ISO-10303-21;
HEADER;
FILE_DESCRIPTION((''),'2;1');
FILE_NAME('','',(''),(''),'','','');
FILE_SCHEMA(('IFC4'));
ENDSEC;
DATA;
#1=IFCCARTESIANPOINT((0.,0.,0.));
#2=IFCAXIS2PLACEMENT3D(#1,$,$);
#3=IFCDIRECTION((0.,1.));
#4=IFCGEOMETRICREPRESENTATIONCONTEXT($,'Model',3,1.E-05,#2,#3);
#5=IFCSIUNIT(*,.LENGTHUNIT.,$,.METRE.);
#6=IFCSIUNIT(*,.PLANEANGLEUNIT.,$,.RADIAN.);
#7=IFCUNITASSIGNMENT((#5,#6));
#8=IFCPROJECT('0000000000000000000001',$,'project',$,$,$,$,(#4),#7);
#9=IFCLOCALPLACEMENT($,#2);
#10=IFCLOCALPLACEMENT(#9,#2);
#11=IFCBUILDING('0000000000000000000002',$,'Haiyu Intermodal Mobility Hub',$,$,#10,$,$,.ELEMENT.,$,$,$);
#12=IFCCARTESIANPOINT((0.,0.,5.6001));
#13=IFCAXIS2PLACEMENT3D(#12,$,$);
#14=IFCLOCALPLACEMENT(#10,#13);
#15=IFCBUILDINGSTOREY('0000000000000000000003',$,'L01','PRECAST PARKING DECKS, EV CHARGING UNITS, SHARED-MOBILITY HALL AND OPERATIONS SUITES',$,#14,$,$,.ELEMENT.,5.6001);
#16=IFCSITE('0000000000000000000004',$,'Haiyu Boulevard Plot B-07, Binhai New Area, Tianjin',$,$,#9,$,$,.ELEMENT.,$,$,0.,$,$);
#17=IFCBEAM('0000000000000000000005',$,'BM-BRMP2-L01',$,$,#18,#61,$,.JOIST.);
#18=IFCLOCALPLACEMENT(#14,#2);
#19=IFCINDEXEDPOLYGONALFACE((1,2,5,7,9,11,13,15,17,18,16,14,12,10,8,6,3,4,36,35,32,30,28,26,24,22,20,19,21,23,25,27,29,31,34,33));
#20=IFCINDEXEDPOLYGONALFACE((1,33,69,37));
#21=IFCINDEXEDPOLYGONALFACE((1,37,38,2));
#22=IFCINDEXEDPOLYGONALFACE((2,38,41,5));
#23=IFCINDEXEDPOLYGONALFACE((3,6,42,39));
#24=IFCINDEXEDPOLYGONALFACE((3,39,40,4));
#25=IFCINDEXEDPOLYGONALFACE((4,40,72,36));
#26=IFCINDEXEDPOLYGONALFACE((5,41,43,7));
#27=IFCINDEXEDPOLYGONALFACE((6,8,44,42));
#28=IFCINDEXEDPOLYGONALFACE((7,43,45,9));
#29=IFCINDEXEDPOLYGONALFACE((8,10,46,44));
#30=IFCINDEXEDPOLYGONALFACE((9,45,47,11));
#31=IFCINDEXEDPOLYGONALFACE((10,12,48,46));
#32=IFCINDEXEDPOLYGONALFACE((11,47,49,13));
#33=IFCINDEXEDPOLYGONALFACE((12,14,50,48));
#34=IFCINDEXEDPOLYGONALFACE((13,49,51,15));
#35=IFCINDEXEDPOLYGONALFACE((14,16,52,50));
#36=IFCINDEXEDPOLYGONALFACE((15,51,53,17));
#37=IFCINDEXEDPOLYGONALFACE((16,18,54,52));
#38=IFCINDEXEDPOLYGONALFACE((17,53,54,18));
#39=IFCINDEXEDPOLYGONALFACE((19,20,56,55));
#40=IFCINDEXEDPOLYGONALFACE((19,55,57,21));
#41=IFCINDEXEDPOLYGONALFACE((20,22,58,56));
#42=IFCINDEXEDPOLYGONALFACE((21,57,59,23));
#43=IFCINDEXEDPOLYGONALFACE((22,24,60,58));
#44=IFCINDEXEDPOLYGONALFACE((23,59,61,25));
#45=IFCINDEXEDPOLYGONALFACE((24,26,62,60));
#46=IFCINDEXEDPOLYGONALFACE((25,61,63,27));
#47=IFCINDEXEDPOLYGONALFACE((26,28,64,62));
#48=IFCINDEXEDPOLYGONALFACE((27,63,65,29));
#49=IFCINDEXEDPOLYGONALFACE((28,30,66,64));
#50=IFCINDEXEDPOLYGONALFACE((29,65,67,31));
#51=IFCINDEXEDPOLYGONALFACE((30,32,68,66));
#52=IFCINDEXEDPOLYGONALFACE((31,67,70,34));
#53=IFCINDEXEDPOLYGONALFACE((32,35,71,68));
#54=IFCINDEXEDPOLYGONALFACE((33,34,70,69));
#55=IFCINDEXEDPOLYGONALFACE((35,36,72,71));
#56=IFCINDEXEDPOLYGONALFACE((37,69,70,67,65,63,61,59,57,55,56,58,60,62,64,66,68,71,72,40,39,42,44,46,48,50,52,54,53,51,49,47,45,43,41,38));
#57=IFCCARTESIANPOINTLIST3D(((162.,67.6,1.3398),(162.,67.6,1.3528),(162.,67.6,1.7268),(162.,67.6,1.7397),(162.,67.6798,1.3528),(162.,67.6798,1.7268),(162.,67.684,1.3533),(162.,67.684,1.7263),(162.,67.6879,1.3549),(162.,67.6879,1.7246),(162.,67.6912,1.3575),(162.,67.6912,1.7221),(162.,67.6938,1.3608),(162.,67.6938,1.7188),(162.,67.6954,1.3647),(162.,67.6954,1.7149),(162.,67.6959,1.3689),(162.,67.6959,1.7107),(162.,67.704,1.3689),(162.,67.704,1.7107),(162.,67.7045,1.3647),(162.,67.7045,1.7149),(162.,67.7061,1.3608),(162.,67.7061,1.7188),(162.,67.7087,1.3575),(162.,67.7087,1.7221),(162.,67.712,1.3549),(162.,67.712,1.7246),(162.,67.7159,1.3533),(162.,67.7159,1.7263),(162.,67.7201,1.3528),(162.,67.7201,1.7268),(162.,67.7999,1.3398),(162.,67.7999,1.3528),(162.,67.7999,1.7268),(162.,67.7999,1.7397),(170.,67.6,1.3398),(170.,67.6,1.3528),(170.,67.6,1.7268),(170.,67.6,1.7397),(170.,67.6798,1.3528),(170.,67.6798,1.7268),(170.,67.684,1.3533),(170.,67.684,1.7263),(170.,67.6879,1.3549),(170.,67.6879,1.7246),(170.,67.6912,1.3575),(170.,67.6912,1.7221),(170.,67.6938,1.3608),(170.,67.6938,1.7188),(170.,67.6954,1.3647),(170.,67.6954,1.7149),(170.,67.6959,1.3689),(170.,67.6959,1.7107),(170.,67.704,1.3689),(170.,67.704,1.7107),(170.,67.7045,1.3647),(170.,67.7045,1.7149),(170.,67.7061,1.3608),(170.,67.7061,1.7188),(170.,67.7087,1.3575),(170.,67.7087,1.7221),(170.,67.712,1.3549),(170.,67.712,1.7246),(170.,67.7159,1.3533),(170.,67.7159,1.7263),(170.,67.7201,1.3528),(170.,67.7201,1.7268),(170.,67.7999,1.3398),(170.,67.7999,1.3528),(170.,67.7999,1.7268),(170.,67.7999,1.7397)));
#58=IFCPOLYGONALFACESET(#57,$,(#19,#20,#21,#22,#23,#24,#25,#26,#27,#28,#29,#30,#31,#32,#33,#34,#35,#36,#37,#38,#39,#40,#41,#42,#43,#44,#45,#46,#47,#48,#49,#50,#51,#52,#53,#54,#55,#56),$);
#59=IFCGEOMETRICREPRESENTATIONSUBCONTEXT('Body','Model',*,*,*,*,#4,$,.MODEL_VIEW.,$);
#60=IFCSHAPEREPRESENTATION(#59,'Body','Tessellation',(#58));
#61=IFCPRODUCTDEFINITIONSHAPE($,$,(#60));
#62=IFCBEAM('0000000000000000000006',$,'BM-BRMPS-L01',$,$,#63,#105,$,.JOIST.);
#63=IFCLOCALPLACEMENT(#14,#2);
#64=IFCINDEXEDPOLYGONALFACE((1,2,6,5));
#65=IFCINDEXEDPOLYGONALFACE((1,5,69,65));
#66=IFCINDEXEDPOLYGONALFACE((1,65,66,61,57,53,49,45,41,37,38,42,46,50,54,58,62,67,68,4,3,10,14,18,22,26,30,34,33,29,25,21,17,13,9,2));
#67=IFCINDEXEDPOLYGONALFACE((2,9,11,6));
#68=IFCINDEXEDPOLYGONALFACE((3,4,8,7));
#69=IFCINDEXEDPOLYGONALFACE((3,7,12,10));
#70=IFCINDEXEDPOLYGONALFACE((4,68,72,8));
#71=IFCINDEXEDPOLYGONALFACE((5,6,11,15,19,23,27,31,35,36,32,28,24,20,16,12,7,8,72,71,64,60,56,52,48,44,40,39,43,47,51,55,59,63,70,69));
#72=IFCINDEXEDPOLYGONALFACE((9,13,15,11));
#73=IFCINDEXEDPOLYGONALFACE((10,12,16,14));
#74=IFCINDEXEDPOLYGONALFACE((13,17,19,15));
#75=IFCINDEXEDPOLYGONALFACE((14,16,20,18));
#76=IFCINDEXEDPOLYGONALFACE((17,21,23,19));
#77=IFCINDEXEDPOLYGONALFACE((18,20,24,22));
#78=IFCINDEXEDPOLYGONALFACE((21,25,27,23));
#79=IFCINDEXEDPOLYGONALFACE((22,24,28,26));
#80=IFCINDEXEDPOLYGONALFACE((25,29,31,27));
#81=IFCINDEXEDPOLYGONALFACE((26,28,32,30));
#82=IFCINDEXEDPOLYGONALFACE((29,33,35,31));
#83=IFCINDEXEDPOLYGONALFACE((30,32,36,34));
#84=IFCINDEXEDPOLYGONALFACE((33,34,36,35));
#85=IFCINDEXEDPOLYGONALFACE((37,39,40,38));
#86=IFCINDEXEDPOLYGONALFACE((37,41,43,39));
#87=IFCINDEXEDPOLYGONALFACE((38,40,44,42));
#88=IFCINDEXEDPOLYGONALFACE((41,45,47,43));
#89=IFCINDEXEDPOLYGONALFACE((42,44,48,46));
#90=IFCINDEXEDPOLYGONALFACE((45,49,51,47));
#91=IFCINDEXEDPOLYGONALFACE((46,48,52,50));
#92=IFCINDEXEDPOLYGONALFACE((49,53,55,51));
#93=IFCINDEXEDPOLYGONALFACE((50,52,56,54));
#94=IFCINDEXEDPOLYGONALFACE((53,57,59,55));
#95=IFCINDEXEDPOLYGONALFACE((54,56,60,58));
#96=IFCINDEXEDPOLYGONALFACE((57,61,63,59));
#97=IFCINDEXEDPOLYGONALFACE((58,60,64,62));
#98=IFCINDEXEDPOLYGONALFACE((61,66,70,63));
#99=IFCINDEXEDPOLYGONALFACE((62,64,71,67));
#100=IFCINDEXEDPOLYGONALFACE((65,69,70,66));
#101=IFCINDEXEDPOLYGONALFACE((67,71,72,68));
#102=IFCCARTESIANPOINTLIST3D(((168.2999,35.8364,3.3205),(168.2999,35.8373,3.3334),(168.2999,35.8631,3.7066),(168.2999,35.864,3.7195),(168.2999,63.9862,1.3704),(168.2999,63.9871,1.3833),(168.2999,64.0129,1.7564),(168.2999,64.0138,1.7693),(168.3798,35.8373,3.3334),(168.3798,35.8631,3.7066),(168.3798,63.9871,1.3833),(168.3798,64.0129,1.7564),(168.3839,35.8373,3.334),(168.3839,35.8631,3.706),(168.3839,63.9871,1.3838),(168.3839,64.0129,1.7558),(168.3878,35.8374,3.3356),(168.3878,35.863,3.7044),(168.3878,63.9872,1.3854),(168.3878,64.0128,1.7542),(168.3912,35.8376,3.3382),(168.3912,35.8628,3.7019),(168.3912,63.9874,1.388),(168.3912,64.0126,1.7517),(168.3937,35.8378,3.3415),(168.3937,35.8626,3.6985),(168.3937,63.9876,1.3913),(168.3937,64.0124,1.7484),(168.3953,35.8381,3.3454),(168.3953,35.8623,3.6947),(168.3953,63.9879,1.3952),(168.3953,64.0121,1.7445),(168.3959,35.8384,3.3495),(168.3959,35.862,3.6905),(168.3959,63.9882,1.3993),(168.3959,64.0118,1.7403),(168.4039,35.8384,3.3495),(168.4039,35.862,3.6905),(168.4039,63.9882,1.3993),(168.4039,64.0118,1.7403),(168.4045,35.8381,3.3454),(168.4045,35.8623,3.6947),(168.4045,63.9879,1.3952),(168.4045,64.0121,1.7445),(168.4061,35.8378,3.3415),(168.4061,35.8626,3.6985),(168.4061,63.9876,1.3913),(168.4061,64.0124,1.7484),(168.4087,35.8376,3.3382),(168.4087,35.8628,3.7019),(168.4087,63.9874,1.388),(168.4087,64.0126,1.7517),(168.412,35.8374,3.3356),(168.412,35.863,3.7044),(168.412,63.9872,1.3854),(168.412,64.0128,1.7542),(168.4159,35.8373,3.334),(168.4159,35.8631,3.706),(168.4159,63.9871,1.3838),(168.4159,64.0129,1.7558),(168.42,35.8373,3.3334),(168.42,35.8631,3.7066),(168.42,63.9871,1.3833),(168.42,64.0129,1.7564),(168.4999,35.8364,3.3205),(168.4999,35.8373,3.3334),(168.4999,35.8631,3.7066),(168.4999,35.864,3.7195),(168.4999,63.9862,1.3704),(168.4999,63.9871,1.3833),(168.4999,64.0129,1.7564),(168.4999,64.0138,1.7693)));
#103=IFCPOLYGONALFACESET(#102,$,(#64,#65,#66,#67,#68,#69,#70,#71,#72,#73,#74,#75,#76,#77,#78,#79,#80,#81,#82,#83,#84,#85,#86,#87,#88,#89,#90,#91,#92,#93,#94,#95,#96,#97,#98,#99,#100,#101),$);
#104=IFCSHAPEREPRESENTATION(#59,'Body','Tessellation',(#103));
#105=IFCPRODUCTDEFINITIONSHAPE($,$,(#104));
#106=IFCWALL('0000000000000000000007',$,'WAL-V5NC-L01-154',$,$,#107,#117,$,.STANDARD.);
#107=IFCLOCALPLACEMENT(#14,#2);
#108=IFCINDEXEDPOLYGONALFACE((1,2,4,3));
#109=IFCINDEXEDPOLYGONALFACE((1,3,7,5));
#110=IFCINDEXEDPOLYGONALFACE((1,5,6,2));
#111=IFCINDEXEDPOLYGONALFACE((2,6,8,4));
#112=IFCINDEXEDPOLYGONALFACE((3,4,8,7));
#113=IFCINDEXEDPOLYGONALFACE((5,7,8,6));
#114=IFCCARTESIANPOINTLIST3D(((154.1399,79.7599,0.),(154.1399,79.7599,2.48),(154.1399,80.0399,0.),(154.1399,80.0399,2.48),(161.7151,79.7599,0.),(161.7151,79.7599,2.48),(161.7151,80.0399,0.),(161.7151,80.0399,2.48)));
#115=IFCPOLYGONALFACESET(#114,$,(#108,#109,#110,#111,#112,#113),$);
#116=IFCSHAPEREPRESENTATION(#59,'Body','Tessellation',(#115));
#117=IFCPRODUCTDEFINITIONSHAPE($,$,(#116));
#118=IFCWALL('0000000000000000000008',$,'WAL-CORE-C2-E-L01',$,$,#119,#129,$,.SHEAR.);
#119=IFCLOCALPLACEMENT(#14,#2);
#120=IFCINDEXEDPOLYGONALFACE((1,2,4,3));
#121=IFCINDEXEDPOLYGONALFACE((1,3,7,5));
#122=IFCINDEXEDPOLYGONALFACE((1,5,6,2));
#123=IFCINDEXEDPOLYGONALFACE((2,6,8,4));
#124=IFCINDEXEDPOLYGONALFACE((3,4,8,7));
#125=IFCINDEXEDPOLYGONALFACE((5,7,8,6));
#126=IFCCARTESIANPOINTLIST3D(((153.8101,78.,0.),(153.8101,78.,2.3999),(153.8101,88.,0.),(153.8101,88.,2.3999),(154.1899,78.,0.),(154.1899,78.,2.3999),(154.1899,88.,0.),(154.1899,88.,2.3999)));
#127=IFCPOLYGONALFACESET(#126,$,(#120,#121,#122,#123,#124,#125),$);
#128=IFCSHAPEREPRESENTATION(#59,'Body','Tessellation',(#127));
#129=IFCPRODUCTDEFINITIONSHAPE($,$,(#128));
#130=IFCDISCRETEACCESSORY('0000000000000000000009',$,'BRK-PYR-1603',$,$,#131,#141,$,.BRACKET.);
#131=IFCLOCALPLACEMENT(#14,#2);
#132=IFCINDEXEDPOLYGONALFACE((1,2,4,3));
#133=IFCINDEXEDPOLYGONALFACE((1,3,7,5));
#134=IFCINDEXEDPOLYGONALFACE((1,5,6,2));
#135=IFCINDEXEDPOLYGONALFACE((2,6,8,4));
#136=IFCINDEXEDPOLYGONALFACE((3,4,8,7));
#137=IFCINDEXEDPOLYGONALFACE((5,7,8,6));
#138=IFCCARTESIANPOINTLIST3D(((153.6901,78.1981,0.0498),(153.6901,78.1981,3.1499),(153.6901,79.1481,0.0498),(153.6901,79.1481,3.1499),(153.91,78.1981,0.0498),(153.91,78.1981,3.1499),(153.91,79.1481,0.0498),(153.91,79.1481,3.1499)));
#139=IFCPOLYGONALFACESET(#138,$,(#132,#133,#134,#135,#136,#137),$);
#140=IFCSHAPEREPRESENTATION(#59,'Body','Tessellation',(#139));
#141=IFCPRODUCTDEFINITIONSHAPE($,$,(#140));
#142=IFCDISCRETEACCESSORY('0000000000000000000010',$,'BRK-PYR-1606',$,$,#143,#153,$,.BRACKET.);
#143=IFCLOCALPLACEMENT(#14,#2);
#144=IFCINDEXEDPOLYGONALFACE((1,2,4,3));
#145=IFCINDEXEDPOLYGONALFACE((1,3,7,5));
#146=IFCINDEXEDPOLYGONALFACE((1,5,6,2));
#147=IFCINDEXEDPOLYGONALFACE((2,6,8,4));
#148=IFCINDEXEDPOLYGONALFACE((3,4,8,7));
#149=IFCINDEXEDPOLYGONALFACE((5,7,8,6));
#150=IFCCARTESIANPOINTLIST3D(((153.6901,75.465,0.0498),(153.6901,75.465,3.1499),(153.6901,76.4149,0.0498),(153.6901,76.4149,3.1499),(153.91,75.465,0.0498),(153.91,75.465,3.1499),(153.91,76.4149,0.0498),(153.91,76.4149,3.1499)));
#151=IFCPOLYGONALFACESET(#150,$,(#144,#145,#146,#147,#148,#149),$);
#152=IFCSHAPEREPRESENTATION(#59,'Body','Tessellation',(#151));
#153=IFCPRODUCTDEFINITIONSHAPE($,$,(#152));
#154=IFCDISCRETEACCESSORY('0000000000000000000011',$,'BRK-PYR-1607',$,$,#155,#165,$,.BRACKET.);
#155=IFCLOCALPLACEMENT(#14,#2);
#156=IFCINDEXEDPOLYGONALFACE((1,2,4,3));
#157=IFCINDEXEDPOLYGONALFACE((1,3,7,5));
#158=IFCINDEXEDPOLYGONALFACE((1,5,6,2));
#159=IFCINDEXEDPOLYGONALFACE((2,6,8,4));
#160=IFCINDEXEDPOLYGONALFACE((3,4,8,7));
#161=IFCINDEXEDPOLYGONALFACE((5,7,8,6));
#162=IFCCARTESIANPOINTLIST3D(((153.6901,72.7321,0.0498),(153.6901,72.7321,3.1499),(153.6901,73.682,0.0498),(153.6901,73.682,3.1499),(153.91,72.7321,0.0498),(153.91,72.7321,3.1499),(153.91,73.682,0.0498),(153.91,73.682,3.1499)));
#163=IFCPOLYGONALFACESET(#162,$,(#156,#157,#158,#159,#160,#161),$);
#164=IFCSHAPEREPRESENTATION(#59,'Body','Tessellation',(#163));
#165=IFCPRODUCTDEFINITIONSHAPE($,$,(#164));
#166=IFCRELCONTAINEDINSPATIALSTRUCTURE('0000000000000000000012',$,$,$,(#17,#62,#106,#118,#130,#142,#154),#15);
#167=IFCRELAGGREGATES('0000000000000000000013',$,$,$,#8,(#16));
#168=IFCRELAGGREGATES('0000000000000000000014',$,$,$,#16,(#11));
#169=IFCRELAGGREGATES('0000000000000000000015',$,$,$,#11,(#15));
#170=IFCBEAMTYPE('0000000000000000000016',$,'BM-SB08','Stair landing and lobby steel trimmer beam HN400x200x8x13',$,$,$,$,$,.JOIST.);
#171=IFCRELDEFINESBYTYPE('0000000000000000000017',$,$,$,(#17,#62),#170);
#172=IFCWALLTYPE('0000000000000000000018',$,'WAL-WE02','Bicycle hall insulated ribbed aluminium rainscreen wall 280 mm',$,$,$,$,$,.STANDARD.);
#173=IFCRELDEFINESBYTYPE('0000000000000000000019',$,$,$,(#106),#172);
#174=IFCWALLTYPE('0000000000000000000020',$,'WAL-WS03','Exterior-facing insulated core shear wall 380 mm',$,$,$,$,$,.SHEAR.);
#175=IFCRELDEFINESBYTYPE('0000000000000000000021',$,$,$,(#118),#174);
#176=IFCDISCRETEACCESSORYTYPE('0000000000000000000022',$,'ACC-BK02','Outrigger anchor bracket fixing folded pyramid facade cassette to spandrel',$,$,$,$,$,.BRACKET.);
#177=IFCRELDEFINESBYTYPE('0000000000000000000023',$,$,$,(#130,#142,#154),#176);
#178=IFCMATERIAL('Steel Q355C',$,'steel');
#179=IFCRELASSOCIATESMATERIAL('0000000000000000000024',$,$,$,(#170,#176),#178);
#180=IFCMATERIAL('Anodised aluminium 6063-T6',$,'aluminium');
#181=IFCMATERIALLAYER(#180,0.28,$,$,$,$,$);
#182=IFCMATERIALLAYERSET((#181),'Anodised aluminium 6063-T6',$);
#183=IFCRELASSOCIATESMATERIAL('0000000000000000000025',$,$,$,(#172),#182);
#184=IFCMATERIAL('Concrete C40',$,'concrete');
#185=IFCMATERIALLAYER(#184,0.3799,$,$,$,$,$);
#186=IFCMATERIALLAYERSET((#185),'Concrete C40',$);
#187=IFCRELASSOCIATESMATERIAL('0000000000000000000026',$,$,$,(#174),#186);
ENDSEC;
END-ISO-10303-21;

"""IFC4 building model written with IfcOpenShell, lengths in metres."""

from ifc_helpers import new_model, si_unit, direction, frame, frame_2d, origin, origin_2d, place, context, subcontext, project, spatial, rectangle, i_section, extrude, material, layer, layer_set, material_profile, profile_set, type_object, element, save


model = new_model("IFC4")

# Units and contexts
model_context = context("Model", 3, precision=1e-05, world=origin(), true_north=direction((0.0, 1.0)))
body_context = subcontext(model_context, "Body", "Model", "MODEL_VIEW")
ifc_project = project(units=[si_unit("LENGTHUNIT", "METRE"), si_unit("PLANEANGLEUNIT", "RADIAN")], contexts=[model_context])

# Site, building, storey
site_placement = place(None, origin())
site = spatial("IfcSite", under=ifc_project, at=site_placement, Name="Haiyu Boulevard Plot B-07, Binhai New Area, Tianjin", CompositionType="ELEMENT", RefElevation=0.0)
building_placement = place(site_placement, origin())
building = spatial("IfcBuilding", under=site, at=building_placement, Name="Haiyu Intermodal Mobility Hub", CompositionType="ELEMENT")
storey_placement = place(building_placement, frame((0.0, 0.0, 5.6001)))
storey = spatial("IfcBuildingStorey", under=building, at=storey_placement, Name="L01", Description="PRECAST PARKING DECKS, EV CHARGING UNITS, SHARED-MOBILITY HALL AND OPERATIONS SUITES", CompositionType="ELEMENT", Elevation=5.6001)

# Shared definitions
ifc_material_1 = material(Name="Concrete C40", Category="concrete")

# Beams
ifc_material_2 = material(Name="Steel Q355C", Category="steel")
ifc_material_profile_1 = material_profile(ifc_material_2, i_section(OverallWidth=0.2, OverallDepth=0.3999, WebThickness=0.0081, FlangeThickness=0.0129, FilletRadius=0.0161, at=origin_2d()), Name="HN400x200x8x13")
ifc_profile_set_1 = profile_set([ifc_material_profile_1], Name="Steel Q355C")
beam_type_1 = type_object("IfcBeamType", Name="BM-SB08", Description="Stair landing and lobby steel trimmer beam HN400x200x8x13", PredefinedType="JOIST", material=ifc_profile_set_1)
for number, where, z_axis, x_axis, name in (
    (1, (162.0, 67.7, 1.5398), (1.0, 0.0, 0.0), (0.0, 1.0, 0.0), "BM-BRMP2-L01"),
):
    element("IfcBeam", number, at=place(storey_placement, frame(where, z_axis=z_axis, x_axis=x_axis)), inside=storey, type_object=beam_type_1, Name=name, PredefinedType="JOIST", context=body_context, shape_type="SweptSolid", body=[
        extrude(i_section(OverallWidth=0.2, OverallDepth=0.3999, WebThickness=0.0081, FlangeThickness=0.0129, FilletRadius=0.0161, at=origin_2d()), origin(), (0.0, 0.0, 1.0), 8.0),
    ])
beam_1_placement = place(storey_placement, frame((168.3999, 64.0, 1.5698), z_axis=(0.0, -0.997609, 0.069113), x_axis=(1.0, 0.0, 0.0)))
element("IfcBeam", 2, at=beam_1_placement, inside=storey, type_object=beam_type_1, Name="BM-BRMPS-L01", PredefinedType="JOIST", context=body_context, shape_type="SweptSolid", body=[
    extrude(i_section(OverallWidth=0.2, OverallDepth=0.3999, WebThickness=0.0081, FlangeThickness=0.0129, FilletRadius=0.0161, at=origin_2d()), origin(), (0.0, 0.0, 1.0), 28.2173),
])

# Walls
ifc_material_3 = material(Name="Anodised aluminium 6063-T6", Category="aluminium")
ifc_layer_1 = layer(ifc_material_3, 0.28)
ifc_layer_set_1 = layer_set([ifc_layer_1], Name="Anodised aluminium 6063-T6")
wall_type_1 = type_object("IfcWallType", Name="WAL-WE02", Description="Bicycle hall insulated ribbed aluminium rainscreen wall 280 mm", PredefinedType="STANDARD", material=ifc_layer_set_1)
wall_1_placement = place(storey_placement, frame((161.7151, 79.8999, 0.0), z_axis=(0.0, 0.0, 1.0), x_axis=(-1.0, 0.0, 0.0)))
element("IfcWall", 3, at=wall_1_placement, inside=storey, type_object=wall_type_1, Name="WAL-V5NC-L01-154", PredefinedType="STANDARD", context=body_context, shape_type="SweptSolid", body=[
    extrude(rectangle(XDim=7.5752, YDim=0.28, at=frame_2d((3.7876, 0.0))), origin(), (0.0, 0.0, 1.0), 2.48),
])
ifc_layer_2 = layer(ifc_material_1, 0.3799)
ifc_layer_set_2 = layer_set([ifc_layer_2], Name="Concrete C40")
wall_type_2 = type_object("IfcWallType", Name="WAL-WS03", Description="Exterior-facing insulated core shear wall 380 mm", PredefinedType="SHEAR", material=ifc_layer_set_2)
wall_2_placement = place(storey_placement, frame((154.0, 78.0, 0.0), z_axis=(0.0, 0.0, 1.0), x_axis=(0.0, 1.0, 0.0)))
element("IfcWall", 4, at=wall_2_placement, inside=storey, type_object=wall_type_2, Name="WAL-CORE-C2-E-L01", PredefinedType="SHEAR", context=body_context, shape_type="SweptSolid", body=[
    extrude(rectangle(XDim=10.0, YDim=0.3799, at=frame_2d((5.0, 0.0))), origin(), (0.0, 0.0, 1.0), 2.3999),
])

# Discrete accessories
discrete_accessory_type = type_object("IfcDiscreteAccessoryType", Name="ACC-BK02", Description="Outrigger anchor bracket fixing folded pyramid facade cassette to spandrel", PredefinedType="BRACKET", material=ifc_material_2)
for number, where, z_axis, x_axis, name in (
    (5, (153.8, 78.6731, 0.0498), (0.0, 0.0, 1.0), (1.0, 0.0, 0.0), "BRK-PYR-1603"),
    (6, (153.8, 75.9399, 0.0498), (0.0, 0.0, 1.0), (1.0, 0.0, 0.0), "BRK-PYR-1606"),
    (7, (153.8, 73.207, 0.0498), (0.0, 0.0, 1.0), (1.0, 0.0, 0.0), "BRK-PYR-1607"),
):
    element("IfcDiscreteAccessory", number, at=place(storey_placement, frame(where, z_axis=z_axis, x_axis=x_axis)), inside=storey, type_object=discrete_accessory_type, Name=name, PredefinedType="BRACKET", context=body_context, shape_type="SweptSolid", body=[
        extrude(rectangle(XDim=0.22, YDim=0.95, at=origin_2d()), origin(), (0.0, 0.0, 1.0), 3.1001),
    ])

save(model, "model.ifc")
